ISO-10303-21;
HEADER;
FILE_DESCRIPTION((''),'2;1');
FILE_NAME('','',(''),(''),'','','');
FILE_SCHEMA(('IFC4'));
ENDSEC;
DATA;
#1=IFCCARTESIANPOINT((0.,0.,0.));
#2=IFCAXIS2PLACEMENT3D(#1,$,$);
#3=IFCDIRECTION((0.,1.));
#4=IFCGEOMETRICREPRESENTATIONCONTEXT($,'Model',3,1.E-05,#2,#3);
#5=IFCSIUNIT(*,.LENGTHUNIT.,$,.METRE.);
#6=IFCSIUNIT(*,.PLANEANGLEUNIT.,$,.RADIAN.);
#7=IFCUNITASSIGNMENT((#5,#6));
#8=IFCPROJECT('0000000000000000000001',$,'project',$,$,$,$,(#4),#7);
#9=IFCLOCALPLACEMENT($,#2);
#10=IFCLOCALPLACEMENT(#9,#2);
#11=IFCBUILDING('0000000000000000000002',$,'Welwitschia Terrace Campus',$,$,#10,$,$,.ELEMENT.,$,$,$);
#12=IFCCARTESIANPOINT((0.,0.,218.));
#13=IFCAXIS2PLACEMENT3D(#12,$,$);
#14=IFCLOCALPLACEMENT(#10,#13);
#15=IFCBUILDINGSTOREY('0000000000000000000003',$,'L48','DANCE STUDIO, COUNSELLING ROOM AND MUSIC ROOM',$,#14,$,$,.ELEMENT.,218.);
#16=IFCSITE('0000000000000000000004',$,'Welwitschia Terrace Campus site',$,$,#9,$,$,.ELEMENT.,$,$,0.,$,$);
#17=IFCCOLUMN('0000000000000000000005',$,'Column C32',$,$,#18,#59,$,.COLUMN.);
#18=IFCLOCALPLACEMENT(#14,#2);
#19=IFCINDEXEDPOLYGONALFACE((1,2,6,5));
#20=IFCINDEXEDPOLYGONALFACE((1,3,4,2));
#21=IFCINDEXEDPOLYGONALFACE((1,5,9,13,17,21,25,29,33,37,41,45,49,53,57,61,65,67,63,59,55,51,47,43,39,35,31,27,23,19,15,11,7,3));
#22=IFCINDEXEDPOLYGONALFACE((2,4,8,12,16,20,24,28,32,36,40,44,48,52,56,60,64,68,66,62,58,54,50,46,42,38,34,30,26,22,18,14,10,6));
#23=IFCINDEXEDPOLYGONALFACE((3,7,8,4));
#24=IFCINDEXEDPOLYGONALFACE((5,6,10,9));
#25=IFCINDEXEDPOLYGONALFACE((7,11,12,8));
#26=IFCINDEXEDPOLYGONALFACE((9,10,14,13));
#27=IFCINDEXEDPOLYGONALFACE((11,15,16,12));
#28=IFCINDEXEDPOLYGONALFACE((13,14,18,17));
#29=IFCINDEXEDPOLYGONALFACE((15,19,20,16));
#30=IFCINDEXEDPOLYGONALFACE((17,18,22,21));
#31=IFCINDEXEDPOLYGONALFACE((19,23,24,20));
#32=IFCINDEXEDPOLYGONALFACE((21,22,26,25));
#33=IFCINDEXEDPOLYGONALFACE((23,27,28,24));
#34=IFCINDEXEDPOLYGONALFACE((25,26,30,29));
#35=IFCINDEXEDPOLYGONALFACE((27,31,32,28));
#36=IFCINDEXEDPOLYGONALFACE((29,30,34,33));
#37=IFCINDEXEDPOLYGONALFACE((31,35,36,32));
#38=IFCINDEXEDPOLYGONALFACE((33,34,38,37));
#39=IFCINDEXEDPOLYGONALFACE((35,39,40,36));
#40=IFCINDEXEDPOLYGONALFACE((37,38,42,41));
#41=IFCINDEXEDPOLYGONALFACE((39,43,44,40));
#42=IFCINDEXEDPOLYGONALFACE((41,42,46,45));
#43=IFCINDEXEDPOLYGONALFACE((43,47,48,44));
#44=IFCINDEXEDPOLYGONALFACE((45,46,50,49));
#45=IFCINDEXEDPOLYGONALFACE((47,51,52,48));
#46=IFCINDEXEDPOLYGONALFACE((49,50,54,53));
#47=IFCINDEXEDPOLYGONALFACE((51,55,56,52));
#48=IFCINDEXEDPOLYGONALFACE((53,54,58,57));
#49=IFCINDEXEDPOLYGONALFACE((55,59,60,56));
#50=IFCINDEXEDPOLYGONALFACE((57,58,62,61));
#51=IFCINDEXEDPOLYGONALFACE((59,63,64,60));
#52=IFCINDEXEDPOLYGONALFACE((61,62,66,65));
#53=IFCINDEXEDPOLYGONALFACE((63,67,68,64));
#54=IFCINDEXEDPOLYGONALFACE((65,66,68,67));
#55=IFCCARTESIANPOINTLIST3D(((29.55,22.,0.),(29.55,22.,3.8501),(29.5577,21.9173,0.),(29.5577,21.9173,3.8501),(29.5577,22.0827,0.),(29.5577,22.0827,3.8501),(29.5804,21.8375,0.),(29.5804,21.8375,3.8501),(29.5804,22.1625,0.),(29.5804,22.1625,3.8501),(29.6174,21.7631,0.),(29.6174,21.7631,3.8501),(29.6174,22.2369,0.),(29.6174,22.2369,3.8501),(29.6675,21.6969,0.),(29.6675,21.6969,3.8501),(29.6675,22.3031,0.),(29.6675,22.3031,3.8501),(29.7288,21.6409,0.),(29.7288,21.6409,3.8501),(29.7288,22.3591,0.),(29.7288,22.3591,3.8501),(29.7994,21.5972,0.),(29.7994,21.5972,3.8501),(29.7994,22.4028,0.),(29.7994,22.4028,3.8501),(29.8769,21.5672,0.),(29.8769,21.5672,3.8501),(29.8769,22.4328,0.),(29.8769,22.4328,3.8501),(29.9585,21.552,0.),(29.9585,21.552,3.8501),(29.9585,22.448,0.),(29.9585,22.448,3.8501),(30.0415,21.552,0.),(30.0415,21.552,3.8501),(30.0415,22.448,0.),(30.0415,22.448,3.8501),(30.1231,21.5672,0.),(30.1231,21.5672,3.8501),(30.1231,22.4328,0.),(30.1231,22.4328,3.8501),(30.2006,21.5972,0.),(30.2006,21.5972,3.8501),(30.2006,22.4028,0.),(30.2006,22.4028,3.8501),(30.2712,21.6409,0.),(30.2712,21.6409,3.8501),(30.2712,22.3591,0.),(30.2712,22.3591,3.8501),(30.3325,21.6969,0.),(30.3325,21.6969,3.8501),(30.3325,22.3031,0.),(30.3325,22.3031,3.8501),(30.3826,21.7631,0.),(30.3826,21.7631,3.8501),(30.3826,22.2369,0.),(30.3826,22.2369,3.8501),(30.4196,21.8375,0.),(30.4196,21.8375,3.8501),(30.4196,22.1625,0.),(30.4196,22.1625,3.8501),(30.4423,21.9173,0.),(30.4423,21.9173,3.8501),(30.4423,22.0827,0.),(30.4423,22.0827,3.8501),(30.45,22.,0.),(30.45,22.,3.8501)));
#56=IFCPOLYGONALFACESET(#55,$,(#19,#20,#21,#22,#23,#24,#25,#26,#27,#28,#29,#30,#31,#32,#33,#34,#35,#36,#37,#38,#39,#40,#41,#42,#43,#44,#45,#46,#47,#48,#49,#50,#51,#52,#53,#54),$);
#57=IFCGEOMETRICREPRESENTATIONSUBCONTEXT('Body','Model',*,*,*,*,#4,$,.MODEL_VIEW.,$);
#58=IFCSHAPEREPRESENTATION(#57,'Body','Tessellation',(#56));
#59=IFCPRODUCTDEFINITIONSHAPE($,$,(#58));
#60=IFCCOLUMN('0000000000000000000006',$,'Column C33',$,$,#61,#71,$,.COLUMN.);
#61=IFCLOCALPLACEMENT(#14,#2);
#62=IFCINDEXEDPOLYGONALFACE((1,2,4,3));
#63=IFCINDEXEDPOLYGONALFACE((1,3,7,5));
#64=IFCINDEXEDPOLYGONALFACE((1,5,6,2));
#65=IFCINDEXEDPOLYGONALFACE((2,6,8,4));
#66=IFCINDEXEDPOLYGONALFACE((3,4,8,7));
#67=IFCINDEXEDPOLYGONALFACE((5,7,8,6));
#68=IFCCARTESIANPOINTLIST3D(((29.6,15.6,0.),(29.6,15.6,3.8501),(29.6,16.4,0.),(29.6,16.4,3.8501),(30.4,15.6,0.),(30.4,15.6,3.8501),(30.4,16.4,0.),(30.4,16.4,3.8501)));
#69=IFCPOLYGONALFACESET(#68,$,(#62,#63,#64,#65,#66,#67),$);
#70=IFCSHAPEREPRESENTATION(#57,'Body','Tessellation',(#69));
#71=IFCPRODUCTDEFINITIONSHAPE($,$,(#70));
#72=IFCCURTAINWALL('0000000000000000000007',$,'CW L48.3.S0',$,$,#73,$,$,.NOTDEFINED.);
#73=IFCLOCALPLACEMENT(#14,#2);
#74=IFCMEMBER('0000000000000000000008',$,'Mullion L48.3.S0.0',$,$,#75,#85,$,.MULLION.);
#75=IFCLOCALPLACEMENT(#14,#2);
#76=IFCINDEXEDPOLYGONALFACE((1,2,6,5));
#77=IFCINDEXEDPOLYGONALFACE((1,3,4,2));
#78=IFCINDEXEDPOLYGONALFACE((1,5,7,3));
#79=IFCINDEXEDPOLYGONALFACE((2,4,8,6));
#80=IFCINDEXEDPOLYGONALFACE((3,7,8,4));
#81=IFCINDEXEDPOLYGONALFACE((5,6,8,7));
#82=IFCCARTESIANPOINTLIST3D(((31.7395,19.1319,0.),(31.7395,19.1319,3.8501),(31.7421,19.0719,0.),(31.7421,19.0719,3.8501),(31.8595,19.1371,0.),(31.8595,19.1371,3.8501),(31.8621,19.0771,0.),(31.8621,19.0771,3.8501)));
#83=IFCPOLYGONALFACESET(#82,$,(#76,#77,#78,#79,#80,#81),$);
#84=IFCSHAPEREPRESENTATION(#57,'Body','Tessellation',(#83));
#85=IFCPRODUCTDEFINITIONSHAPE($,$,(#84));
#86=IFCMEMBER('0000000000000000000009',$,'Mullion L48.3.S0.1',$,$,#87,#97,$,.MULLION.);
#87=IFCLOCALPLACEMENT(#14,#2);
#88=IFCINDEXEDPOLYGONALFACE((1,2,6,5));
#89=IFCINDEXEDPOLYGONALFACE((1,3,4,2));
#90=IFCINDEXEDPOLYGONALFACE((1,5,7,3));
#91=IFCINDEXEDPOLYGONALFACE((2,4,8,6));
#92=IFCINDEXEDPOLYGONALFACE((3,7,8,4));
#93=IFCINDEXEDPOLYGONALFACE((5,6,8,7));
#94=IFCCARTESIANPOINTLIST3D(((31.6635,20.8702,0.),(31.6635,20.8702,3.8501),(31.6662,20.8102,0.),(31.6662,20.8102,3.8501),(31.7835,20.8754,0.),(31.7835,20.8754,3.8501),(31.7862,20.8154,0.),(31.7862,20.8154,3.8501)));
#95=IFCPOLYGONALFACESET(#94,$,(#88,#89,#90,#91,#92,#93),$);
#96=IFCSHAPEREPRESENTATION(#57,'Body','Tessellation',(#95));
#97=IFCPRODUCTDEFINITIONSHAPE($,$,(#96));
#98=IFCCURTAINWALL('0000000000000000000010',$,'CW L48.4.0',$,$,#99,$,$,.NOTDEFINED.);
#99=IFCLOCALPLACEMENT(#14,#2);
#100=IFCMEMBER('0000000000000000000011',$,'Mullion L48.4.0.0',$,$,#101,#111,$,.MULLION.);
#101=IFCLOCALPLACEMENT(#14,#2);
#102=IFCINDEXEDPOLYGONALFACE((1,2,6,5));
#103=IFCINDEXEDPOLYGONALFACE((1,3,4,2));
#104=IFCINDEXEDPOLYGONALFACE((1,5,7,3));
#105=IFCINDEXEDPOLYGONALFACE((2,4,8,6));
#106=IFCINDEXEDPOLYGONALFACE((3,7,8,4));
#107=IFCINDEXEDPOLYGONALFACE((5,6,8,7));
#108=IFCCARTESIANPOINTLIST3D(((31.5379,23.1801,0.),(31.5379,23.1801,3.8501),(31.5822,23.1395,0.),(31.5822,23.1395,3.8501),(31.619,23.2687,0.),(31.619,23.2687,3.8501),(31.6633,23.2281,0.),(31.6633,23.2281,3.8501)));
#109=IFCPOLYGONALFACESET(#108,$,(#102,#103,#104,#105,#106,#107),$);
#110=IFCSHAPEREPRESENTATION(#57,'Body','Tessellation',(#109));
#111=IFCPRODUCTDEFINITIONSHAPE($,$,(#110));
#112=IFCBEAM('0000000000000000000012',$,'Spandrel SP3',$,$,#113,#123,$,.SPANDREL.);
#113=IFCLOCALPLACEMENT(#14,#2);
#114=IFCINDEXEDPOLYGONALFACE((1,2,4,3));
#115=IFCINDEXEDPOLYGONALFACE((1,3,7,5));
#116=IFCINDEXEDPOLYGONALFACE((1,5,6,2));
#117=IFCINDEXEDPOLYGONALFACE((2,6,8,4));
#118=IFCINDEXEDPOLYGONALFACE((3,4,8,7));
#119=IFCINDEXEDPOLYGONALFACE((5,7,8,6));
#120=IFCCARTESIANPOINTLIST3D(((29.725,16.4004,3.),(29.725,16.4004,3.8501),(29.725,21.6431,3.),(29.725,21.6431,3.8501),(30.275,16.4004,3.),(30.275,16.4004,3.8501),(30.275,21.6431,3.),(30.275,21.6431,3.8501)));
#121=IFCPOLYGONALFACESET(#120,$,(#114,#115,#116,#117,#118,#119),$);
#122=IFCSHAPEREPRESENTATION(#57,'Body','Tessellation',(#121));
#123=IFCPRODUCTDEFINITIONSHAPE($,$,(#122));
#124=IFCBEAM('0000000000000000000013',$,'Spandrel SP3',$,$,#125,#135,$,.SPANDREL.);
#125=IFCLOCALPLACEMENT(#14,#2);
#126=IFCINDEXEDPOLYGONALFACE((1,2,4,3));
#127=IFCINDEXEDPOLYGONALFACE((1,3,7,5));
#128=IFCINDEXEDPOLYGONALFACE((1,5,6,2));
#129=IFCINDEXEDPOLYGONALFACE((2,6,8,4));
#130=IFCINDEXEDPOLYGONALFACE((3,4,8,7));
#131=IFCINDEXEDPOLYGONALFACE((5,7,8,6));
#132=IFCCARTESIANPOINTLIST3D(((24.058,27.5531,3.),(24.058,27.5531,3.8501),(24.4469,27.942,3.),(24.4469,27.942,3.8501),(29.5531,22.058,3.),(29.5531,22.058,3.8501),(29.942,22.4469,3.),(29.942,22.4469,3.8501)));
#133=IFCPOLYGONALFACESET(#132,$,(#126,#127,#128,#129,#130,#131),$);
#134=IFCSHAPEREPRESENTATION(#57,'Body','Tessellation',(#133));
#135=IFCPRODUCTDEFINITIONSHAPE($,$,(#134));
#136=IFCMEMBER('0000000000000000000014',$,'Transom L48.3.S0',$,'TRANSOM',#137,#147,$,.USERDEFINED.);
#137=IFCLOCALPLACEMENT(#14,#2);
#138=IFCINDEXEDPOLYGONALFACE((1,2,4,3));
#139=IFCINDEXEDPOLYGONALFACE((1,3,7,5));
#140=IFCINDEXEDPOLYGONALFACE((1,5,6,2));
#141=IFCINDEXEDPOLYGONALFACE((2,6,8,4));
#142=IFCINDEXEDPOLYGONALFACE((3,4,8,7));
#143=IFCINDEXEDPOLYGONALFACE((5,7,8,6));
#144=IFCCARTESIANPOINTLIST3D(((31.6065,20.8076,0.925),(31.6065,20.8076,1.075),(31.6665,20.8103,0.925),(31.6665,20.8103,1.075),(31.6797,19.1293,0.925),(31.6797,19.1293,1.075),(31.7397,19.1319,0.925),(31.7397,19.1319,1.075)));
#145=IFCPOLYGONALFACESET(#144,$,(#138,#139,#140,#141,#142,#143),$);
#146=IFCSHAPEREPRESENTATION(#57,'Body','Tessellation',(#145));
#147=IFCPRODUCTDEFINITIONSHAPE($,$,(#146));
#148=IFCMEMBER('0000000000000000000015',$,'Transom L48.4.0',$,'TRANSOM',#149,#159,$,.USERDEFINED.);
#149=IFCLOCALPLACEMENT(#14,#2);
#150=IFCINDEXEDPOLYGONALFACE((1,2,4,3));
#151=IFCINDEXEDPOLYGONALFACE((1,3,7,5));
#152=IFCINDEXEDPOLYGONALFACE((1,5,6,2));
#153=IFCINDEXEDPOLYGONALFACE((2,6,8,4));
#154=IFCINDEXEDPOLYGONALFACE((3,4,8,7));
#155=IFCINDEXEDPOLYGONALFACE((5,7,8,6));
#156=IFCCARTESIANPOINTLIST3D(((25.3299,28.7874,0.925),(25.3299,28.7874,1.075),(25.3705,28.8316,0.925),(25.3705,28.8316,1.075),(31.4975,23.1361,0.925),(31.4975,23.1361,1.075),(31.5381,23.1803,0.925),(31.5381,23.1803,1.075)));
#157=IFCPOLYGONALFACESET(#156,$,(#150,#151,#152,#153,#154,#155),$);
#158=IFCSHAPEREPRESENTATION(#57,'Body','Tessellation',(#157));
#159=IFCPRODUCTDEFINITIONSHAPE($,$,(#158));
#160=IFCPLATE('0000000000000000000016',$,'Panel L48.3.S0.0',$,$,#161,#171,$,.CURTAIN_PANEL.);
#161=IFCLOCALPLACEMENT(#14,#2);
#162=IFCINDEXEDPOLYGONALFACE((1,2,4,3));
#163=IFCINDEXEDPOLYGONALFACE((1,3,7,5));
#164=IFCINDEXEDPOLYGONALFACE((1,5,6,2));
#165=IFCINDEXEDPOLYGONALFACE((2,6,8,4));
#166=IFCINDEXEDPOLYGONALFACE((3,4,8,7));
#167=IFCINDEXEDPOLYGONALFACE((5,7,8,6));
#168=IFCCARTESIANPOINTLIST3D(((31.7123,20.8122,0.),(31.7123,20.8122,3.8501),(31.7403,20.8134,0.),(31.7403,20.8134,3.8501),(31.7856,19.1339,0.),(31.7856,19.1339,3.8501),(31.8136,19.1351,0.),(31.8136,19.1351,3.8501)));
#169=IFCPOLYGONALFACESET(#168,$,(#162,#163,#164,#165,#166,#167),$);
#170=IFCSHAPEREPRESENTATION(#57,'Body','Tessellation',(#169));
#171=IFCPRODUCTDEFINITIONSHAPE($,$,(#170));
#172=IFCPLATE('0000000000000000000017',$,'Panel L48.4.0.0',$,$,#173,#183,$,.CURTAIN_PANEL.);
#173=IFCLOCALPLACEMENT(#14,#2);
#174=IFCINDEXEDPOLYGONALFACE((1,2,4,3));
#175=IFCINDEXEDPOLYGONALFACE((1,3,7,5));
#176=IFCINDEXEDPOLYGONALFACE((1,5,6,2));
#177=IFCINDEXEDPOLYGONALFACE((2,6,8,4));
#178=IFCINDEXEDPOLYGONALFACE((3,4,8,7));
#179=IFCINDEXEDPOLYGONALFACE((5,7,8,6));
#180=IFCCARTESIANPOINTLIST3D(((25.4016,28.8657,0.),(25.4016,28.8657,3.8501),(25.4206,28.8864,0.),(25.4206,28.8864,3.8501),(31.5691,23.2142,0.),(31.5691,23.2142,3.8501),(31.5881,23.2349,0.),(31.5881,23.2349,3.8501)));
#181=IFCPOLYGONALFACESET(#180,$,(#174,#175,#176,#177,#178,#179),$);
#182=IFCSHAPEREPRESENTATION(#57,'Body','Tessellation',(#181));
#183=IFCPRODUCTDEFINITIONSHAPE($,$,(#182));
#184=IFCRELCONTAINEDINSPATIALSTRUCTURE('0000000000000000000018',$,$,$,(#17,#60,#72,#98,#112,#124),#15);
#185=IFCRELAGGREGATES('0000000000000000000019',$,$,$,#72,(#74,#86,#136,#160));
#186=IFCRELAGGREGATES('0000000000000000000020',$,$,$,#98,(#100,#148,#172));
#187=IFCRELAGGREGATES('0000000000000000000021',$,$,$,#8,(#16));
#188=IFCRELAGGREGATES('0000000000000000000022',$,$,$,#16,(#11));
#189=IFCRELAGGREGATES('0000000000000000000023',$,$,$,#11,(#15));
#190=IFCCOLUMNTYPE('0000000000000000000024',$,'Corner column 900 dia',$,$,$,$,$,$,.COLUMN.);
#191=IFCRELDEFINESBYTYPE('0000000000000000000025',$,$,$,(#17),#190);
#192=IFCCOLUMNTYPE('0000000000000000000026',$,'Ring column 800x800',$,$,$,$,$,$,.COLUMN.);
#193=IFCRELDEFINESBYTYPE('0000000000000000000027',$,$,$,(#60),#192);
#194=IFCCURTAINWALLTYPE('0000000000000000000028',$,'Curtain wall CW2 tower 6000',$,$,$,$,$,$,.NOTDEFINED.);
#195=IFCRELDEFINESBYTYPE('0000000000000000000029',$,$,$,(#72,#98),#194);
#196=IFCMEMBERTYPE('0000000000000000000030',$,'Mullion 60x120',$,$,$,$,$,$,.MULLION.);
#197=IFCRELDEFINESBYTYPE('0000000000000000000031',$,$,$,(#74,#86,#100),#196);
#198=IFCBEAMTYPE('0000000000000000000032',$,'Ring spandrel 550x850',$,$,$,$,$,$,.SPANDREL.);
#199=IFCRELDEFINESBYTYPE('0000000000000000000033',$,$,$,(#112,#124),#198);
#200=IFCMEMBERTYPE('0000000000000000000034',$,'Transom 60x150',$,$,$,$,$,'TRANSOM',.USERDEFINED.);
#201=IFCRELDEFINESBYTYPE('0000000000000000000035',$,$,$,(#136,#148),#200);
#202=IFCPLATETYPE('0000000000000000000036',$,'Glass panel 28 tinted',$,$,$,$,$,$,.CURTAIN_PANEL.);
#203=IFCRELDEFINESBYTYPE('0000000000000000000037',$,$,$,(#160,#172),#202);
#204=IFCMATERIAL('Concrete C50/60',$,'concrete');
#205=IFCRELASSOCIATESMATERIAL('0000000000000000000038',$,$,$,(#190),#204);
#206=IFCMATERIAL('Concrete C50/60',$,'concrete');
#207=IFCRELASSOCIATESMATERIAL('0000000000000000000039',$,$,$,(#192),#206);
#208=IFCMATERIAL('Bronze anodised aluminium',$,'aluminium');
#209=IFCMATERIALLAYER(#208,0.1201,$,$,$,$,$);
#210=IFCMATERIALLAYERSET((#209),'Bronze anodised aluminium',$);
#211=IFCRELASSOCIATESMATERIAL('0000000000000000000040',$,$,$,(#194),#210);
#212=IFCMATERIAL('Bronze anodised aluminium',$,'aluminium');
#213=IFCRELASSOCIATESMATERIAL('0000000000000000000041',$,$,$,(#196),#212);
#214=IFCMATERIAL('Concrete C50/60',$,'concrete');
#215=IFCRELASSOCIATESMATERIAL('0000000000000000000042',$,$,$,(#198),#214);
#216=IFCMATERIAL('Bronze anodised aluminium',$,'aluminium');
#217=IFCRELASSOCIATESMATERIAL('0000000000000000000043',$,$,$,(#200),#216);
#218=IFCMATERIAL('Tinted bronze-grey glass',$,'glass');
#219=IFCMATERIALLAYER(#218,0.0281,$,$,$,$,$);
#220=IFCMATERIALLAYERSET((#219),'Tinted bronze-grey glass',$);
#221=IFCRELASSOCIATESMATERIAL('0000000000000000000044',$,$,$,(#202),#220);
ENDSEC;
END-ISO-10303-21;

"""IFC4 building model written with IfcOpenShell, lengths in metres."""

from ifc_helpers import new_model, si_unit, direction, frame, origin, origin_2d, place, context, subcontext, project, spatial, rectangle, circle, extrude, material, layer, layer_set, material_profile, profile_set, type_object, element, aggregate, save


model = new_model("IFC4")

# Units and contexts
model_context = context("Model", 3, precision=1e-05, world=origin(), true_north=direction((0.0, 1.0)))
body_context = subcontext(model_context, "Body", "Model", "MODEL_VIEW")
ifc_project = project(units=[si_unit("LENGTHUNIT", "METRE"), si_unit("PLANEANGLEUNIT", "RADIAN")], contexts=[model_context])

# Site, building, storey
site_placement = place(None, origin())
site = spatial("IfcSite", under=ifc_project, at=site_placement, Name="Welwitschia Terrace Campus site", CompositionType="ELEMENT", RefElevation=0.0)
building_placement = place(site_placement, origin())
building = spatial("IfcBuilding", under=site, at=building_placement, Name="Welwitschia Terrace Campus", CompositionType="ELEMENT")
storey_placement = place(building_placement, frame((0.0, 0.0, 218.0)))
storey = spatial("IfcBuildingStorey", under=building, at=storey_placement, Name="L48", Description="DANCE STUDIO, COUNSELLING ROOM AND MUSIC ROOM", CompositionType="ELEMENT", Elevation=218.0)

# Columns
ifc_material_1 = material(Name="Concrete C50/60", Category="concrete")
ifc_material_profile_1 = material_profile(ifc_material_1, circle(Radius=0.45, at=origin_2d()))
ifc_profile_set_1 = profile_set([ifc_material_profile_1], Name="Concrete C50/60")
column_type_1 = type_object("IfcColumnType", Name="Corner column 900 dia", PredefinedType="COLUMN", material=ifc_profile_set_1)
column_1_placement = place(storey_placement, frame((30.0, 22.0, 0.0), z_axis=(0.0, 0.0, 1.0), x_axis=(1.0, 0.0, 0.0)))
element("IfcColumn", 1, at=column_1_placement, inside=storey, type_object=column_type_1, Name="Column C32", PredefinedType="COLUMN", context=body_context, shape_type="SweptSolid", body=[
    extrude(circle(Radius=0.45, at=origin_2d()), origin(), (0.0, 0.0, 1.0), 3.8501),
])
ifc_material_2 = material(Name="Concrete C50/60", Category="concrete")
ifc_material_profile_2 = material_profile(ifc_material_2, rectangle(XDim=0.8, YDim=0.8, at=origin_2d()))
ifc_profile_set_2 = profile_set([ifc_material_profile_2], Name="Concrete C50/60")
column_type_2 = type_object("IfcColumnType", Name="Ring column 800x800", PredefinedType="COLUMN", material=ifc_profile_set_2)
column_2_placement = place(storey_placement, frame((30.0, 16.0, 0.0), z_axis=(0.0, 0.0, 1.0), x_axis=(1.0, 0.0, 0.0)))
element("IfcColumn", 2, at=column_2_placement, inside=storey, type_object=column_type_2, Name="Column C33", PredefinedType="COLUMN", context=body_context, shape_type="SweptSolid", body=[
    extrude(rectangle(XDim=0.8, YDim=0.8, at=origin_2d()), origin(), (0.0, 0.0, 1.0), 3.8501),
])

# Curtain wall, members
ifc_material_3 = material(Name="Bronze anodised aluminium", Category="aluminium")
ifc_layer_1 = layer(ifc_material_3, 0.1201)
ifc_layer_set_1 = layer_set([ifc_layer_1], Name="Bronze anodised aluminium")
curtain_wall_type = type_object("IfcCurtainWallType", Name="Curtain wall CW2 tower 6000", PredefinedType="NOTDEFINED", material=ifc_layer_set_1)
curtain_wall_1_placement = place(storey_placement, origin())
curtain_wall_1 = element("IfcCurtainWall", 3, at=curtain_wall_1_placement, inside=storey, type_object=curtain_wall_type, Name="CW L48.3.S0", PredefinedType="NOTDEFINED")
ifc_material_4 = material(Name="Bronze anodised aluminium", Category="aluminium")
ifc_material_profile_3 = material_profile(ifc_material_4, rectangle(XDim=0.1201, YDim=0.0601, at=origin_2d()))
ifc_profile_set_3 = profile_set([ifc_material_profile_3], Name="Bronze anodised aluminium")
member_type_1 = type_object("IfcMemberType", Name="Mullion 60x120", PredefinedType="MULLION", material=ifc_profile_set_3)
member_1_placement = place(storey_placement, frame((31.8008, 19.1045, 0.0), z_axis=(0.0, 0.0, 1.0), x_axis=(-0.999048, -0.043619, 0.0)))
member_1 = element("IfcMember", 4, at=member_1_placement, type_object=member_type_1, Name="Mullion L48.3.S0.0", PredefinedType="MULLION", context=body_context, shape_type="SweptSolid", body=[
    extrude(rectangle(XDim=0.1201, YDim=0.0601, at=origin_2d()), origin(), (0.0, 0.0, 1.0), 3.8501),
])
member_2_placement = place(storey_placement, frame((31.7249, 20.8428, 0.0), z_axis=(0.0, 0.0, 1.0), x_axis=(-0.999048, -0.043619, 0.0)))
member_2 = element("IfcMember", 5, at=member_2_placement, type_object=member_type_1, Name="Mullion L48.3.S0.1", PredefinedType="MULLION", context=body_context, shape_type="SweptSolid", body=[
    extrude(rectangle(XDim=0.1201, YDim=0.0601, at=origin_2d()), origin(), (0.0, 0.0, 1.0), 3.8501),
])

# Curtain wall, member
curtain_wall_2_placement = place(storey_placement, origin())
curtain_wall_2 = element("IfcCurtainWall", 6, at=curtain_wall_2_placement, inside=storey, type_object=curtain_wall_type, Name="CW L48.4.0", PredefinedType="NOTDEFINED")
member_3_placement = place(storey_placement, frame((31.6006, 23.2041, 0.0), z_axis=(0.0, 0.0, 1.0), x_axis=(-0.67559, -0.737277, 0.0)))
member_3 = element("IfcMember", 7, at=member_3_placement, type_object=member_type_1, Name="Mullion L48.4.0.0", PredefinedType="MULLION", context=body_context, shape_type="SweptSolid", body=[
    extrude(rectangle(XDim=0.1201, YDim=0.0601, at=origin_2d()), origin(), (0.0, 0.0, 1.0), 3.8501),
])

# Beams
ifc_material_5 = material(Name="Concrete C50/60", Category="concrete")
ifc_material_profile_4 = material_profile(ifc_material_5, rectangle(XDim=0.55, YDim=0.8501, at=origin_2d()))
ifc_profile_set_4 = profile_set([ifc_material_profile_4], Name="Concrete C50/60")
beam_type = type_object("IfcBeamType", Name="Ring spandrel 550x850", PredefinedType="SPANDREL", material=ifc_profile_set_4)
beam_1_placement = place(storey_placement, frame((30.0, 16.4004, 3.425), z_axis=(0.0, 1.0, 0.0), x_axis=(-1.0, 0.0, 0.0)))
element("IfcBeam", 8, at=beam_1_placement, inside=storey, type_object=beam_type, Name="Spandrel SP3", PredefinedType="SPANDREL", context=body_context, shape_type="SweptSolid", body=[
    extrude(rectangle(XDim=0.55, YDim=0.8501, at=origin_2d()), origin(), (0.0, 0.0, 1.0), 5.2427),
])
beam_2_placement = place(storey_placement, frame((29.7476, 22.2524, 3.425), z_axis=(-0.707107, 0.707107, 0.0), x_axis=(-0.707107, -0.707107, 0.0)))
element("IfcBeam", 9, at=beam_2_placement, inside=storey, type_object=beam_type, Name="Spandrel SP3", PredefinedType="SPANDREL", context=body_context, shape_type="SweptSolid", body=[
    extrude(rectangle(XDim=0.55, YDim=0.8501, at=origin_2d()), origin(), (0.0, 0.0, 1.0), 7.7712),
])

# Members
ifc_material_6 = material(Name="Bronze anodised aluminium", Category="aluminium")
ifc_material_profile_5 = material_profile(ifc_material_6, rectangle(XDim=0.0601, YDim=0.1499, at=origin_2d()))
ifc_profile_set_5 = profile_set([ifc_material_profile_5], Name="Bronze anodised aluminium")
member_type_2 = type_object("IfcMemberType", Name="Transom 60x150", ElementType="TRANSOM", PredefinedType="USERDEFINED", material=ifc_profile_set_5)
member_4_placement = place(storey_placement, frame((31.7097, 19.1306, 1.0), z_axis=(-0.043601, 0.999049, 0.0), x_axis=(-0.999049, -0.043601, 0.0)))
member_4 = element("IfcMember", 10, at=member_4_placement, type_object=member_type_2, Name="Transom L48.3.S0", ObjectType="TRANSOM", PredefinedType="USERDEFINED", context=body_context, shape_type="SweptSolid", body=[
    extrude(rectangle(XDim=0.0601, YDim=0.1499, at=origin_2d()), origin(), (0.0, 0.0, 1.0), 1.6799),
])
member_5_placement = place(storey_placement, frame((31.5178, 23.1582, 1.0), z_axis=(-0.737296, 0.67557, 0.0), x_axis=(-0.67557, -0.737296, 0.0)))
member_5 = element("IfcMember", 11, at=member_5_placement, type_object=member_type_2, Name="Transom L48.4.0", ObjectType="TRANSOM", PredefinedType="USERDEFINED", context=body_context, shape_type="SweptSolid", body=[
    extrude(rectangle(XDim=0.0601, YDim=0.1499, at=origin_2d()), origin(), (0.0, 0.0, 1.0), 8.3652),
])

# Plates
ifc_material_7 = material(Name="Tinted bronze-grey glass", Category="glass")
ifc_layer_2 = layer(ifc_material_7, 0.0281)
ifc_layer_set_2 = layer_set([ifc_layer_2], Name="Tinted bronze-grey glass")
plate_type = type_object("IfcPlateType", Name="Glass panel 28 tinted", PredefinedType="CURTAIN_PANEL", material=ifc_layer_set_2)
plate_1_placement = place(storey_placement, frame((31.7629, 19.9736, 0.0), z_axis=(0.0, 0.0, 1.0), x_axis=(-0.043619, 0.999048, 0.0)))
plate_1 = element("IfcPlate", 12, at=plate_1_placement, type_object=plate_type, Name="Panel L48.3.S0.0", PredefinedType="CURTAIN_PANEL", context=body_context, shape_type="SweptSolid", body=[
    extrude(rectangle(XDim=1.6799, YDim=0.0281, at=origin_2d()), origin(), (0.0, 0.0, 1.0), 3.8501),
])
aggregate(curtain_wall_1, [member_1, member_2, member_4, plate_1])
plate_2_placement = place(storey_placement, frame((28.4949, 26.0503, 0.0), z_axis=(0.0, 0.0, 1.0), x_axis=(-0.737277, 0.67559, 0.0)))
plate_2 = element("IfcPlate", 13, at=plate_2_placement, type_object=plate_type, Name="Panel L48.4.0.0", PredefinedType="CURTAIN_PANEL", context=body_context, shape_type="SweptSolid", body=[
    extrude(rectangle(XDim=8.3652, YDim=0.0281, at=origin_2d()), origin(), (0.0, 0.0, 1.0), 3.8501),
])
aggregate(curtain_wall_2, [member_3, member_5, plate_2])

save(model, "model.ifc")
